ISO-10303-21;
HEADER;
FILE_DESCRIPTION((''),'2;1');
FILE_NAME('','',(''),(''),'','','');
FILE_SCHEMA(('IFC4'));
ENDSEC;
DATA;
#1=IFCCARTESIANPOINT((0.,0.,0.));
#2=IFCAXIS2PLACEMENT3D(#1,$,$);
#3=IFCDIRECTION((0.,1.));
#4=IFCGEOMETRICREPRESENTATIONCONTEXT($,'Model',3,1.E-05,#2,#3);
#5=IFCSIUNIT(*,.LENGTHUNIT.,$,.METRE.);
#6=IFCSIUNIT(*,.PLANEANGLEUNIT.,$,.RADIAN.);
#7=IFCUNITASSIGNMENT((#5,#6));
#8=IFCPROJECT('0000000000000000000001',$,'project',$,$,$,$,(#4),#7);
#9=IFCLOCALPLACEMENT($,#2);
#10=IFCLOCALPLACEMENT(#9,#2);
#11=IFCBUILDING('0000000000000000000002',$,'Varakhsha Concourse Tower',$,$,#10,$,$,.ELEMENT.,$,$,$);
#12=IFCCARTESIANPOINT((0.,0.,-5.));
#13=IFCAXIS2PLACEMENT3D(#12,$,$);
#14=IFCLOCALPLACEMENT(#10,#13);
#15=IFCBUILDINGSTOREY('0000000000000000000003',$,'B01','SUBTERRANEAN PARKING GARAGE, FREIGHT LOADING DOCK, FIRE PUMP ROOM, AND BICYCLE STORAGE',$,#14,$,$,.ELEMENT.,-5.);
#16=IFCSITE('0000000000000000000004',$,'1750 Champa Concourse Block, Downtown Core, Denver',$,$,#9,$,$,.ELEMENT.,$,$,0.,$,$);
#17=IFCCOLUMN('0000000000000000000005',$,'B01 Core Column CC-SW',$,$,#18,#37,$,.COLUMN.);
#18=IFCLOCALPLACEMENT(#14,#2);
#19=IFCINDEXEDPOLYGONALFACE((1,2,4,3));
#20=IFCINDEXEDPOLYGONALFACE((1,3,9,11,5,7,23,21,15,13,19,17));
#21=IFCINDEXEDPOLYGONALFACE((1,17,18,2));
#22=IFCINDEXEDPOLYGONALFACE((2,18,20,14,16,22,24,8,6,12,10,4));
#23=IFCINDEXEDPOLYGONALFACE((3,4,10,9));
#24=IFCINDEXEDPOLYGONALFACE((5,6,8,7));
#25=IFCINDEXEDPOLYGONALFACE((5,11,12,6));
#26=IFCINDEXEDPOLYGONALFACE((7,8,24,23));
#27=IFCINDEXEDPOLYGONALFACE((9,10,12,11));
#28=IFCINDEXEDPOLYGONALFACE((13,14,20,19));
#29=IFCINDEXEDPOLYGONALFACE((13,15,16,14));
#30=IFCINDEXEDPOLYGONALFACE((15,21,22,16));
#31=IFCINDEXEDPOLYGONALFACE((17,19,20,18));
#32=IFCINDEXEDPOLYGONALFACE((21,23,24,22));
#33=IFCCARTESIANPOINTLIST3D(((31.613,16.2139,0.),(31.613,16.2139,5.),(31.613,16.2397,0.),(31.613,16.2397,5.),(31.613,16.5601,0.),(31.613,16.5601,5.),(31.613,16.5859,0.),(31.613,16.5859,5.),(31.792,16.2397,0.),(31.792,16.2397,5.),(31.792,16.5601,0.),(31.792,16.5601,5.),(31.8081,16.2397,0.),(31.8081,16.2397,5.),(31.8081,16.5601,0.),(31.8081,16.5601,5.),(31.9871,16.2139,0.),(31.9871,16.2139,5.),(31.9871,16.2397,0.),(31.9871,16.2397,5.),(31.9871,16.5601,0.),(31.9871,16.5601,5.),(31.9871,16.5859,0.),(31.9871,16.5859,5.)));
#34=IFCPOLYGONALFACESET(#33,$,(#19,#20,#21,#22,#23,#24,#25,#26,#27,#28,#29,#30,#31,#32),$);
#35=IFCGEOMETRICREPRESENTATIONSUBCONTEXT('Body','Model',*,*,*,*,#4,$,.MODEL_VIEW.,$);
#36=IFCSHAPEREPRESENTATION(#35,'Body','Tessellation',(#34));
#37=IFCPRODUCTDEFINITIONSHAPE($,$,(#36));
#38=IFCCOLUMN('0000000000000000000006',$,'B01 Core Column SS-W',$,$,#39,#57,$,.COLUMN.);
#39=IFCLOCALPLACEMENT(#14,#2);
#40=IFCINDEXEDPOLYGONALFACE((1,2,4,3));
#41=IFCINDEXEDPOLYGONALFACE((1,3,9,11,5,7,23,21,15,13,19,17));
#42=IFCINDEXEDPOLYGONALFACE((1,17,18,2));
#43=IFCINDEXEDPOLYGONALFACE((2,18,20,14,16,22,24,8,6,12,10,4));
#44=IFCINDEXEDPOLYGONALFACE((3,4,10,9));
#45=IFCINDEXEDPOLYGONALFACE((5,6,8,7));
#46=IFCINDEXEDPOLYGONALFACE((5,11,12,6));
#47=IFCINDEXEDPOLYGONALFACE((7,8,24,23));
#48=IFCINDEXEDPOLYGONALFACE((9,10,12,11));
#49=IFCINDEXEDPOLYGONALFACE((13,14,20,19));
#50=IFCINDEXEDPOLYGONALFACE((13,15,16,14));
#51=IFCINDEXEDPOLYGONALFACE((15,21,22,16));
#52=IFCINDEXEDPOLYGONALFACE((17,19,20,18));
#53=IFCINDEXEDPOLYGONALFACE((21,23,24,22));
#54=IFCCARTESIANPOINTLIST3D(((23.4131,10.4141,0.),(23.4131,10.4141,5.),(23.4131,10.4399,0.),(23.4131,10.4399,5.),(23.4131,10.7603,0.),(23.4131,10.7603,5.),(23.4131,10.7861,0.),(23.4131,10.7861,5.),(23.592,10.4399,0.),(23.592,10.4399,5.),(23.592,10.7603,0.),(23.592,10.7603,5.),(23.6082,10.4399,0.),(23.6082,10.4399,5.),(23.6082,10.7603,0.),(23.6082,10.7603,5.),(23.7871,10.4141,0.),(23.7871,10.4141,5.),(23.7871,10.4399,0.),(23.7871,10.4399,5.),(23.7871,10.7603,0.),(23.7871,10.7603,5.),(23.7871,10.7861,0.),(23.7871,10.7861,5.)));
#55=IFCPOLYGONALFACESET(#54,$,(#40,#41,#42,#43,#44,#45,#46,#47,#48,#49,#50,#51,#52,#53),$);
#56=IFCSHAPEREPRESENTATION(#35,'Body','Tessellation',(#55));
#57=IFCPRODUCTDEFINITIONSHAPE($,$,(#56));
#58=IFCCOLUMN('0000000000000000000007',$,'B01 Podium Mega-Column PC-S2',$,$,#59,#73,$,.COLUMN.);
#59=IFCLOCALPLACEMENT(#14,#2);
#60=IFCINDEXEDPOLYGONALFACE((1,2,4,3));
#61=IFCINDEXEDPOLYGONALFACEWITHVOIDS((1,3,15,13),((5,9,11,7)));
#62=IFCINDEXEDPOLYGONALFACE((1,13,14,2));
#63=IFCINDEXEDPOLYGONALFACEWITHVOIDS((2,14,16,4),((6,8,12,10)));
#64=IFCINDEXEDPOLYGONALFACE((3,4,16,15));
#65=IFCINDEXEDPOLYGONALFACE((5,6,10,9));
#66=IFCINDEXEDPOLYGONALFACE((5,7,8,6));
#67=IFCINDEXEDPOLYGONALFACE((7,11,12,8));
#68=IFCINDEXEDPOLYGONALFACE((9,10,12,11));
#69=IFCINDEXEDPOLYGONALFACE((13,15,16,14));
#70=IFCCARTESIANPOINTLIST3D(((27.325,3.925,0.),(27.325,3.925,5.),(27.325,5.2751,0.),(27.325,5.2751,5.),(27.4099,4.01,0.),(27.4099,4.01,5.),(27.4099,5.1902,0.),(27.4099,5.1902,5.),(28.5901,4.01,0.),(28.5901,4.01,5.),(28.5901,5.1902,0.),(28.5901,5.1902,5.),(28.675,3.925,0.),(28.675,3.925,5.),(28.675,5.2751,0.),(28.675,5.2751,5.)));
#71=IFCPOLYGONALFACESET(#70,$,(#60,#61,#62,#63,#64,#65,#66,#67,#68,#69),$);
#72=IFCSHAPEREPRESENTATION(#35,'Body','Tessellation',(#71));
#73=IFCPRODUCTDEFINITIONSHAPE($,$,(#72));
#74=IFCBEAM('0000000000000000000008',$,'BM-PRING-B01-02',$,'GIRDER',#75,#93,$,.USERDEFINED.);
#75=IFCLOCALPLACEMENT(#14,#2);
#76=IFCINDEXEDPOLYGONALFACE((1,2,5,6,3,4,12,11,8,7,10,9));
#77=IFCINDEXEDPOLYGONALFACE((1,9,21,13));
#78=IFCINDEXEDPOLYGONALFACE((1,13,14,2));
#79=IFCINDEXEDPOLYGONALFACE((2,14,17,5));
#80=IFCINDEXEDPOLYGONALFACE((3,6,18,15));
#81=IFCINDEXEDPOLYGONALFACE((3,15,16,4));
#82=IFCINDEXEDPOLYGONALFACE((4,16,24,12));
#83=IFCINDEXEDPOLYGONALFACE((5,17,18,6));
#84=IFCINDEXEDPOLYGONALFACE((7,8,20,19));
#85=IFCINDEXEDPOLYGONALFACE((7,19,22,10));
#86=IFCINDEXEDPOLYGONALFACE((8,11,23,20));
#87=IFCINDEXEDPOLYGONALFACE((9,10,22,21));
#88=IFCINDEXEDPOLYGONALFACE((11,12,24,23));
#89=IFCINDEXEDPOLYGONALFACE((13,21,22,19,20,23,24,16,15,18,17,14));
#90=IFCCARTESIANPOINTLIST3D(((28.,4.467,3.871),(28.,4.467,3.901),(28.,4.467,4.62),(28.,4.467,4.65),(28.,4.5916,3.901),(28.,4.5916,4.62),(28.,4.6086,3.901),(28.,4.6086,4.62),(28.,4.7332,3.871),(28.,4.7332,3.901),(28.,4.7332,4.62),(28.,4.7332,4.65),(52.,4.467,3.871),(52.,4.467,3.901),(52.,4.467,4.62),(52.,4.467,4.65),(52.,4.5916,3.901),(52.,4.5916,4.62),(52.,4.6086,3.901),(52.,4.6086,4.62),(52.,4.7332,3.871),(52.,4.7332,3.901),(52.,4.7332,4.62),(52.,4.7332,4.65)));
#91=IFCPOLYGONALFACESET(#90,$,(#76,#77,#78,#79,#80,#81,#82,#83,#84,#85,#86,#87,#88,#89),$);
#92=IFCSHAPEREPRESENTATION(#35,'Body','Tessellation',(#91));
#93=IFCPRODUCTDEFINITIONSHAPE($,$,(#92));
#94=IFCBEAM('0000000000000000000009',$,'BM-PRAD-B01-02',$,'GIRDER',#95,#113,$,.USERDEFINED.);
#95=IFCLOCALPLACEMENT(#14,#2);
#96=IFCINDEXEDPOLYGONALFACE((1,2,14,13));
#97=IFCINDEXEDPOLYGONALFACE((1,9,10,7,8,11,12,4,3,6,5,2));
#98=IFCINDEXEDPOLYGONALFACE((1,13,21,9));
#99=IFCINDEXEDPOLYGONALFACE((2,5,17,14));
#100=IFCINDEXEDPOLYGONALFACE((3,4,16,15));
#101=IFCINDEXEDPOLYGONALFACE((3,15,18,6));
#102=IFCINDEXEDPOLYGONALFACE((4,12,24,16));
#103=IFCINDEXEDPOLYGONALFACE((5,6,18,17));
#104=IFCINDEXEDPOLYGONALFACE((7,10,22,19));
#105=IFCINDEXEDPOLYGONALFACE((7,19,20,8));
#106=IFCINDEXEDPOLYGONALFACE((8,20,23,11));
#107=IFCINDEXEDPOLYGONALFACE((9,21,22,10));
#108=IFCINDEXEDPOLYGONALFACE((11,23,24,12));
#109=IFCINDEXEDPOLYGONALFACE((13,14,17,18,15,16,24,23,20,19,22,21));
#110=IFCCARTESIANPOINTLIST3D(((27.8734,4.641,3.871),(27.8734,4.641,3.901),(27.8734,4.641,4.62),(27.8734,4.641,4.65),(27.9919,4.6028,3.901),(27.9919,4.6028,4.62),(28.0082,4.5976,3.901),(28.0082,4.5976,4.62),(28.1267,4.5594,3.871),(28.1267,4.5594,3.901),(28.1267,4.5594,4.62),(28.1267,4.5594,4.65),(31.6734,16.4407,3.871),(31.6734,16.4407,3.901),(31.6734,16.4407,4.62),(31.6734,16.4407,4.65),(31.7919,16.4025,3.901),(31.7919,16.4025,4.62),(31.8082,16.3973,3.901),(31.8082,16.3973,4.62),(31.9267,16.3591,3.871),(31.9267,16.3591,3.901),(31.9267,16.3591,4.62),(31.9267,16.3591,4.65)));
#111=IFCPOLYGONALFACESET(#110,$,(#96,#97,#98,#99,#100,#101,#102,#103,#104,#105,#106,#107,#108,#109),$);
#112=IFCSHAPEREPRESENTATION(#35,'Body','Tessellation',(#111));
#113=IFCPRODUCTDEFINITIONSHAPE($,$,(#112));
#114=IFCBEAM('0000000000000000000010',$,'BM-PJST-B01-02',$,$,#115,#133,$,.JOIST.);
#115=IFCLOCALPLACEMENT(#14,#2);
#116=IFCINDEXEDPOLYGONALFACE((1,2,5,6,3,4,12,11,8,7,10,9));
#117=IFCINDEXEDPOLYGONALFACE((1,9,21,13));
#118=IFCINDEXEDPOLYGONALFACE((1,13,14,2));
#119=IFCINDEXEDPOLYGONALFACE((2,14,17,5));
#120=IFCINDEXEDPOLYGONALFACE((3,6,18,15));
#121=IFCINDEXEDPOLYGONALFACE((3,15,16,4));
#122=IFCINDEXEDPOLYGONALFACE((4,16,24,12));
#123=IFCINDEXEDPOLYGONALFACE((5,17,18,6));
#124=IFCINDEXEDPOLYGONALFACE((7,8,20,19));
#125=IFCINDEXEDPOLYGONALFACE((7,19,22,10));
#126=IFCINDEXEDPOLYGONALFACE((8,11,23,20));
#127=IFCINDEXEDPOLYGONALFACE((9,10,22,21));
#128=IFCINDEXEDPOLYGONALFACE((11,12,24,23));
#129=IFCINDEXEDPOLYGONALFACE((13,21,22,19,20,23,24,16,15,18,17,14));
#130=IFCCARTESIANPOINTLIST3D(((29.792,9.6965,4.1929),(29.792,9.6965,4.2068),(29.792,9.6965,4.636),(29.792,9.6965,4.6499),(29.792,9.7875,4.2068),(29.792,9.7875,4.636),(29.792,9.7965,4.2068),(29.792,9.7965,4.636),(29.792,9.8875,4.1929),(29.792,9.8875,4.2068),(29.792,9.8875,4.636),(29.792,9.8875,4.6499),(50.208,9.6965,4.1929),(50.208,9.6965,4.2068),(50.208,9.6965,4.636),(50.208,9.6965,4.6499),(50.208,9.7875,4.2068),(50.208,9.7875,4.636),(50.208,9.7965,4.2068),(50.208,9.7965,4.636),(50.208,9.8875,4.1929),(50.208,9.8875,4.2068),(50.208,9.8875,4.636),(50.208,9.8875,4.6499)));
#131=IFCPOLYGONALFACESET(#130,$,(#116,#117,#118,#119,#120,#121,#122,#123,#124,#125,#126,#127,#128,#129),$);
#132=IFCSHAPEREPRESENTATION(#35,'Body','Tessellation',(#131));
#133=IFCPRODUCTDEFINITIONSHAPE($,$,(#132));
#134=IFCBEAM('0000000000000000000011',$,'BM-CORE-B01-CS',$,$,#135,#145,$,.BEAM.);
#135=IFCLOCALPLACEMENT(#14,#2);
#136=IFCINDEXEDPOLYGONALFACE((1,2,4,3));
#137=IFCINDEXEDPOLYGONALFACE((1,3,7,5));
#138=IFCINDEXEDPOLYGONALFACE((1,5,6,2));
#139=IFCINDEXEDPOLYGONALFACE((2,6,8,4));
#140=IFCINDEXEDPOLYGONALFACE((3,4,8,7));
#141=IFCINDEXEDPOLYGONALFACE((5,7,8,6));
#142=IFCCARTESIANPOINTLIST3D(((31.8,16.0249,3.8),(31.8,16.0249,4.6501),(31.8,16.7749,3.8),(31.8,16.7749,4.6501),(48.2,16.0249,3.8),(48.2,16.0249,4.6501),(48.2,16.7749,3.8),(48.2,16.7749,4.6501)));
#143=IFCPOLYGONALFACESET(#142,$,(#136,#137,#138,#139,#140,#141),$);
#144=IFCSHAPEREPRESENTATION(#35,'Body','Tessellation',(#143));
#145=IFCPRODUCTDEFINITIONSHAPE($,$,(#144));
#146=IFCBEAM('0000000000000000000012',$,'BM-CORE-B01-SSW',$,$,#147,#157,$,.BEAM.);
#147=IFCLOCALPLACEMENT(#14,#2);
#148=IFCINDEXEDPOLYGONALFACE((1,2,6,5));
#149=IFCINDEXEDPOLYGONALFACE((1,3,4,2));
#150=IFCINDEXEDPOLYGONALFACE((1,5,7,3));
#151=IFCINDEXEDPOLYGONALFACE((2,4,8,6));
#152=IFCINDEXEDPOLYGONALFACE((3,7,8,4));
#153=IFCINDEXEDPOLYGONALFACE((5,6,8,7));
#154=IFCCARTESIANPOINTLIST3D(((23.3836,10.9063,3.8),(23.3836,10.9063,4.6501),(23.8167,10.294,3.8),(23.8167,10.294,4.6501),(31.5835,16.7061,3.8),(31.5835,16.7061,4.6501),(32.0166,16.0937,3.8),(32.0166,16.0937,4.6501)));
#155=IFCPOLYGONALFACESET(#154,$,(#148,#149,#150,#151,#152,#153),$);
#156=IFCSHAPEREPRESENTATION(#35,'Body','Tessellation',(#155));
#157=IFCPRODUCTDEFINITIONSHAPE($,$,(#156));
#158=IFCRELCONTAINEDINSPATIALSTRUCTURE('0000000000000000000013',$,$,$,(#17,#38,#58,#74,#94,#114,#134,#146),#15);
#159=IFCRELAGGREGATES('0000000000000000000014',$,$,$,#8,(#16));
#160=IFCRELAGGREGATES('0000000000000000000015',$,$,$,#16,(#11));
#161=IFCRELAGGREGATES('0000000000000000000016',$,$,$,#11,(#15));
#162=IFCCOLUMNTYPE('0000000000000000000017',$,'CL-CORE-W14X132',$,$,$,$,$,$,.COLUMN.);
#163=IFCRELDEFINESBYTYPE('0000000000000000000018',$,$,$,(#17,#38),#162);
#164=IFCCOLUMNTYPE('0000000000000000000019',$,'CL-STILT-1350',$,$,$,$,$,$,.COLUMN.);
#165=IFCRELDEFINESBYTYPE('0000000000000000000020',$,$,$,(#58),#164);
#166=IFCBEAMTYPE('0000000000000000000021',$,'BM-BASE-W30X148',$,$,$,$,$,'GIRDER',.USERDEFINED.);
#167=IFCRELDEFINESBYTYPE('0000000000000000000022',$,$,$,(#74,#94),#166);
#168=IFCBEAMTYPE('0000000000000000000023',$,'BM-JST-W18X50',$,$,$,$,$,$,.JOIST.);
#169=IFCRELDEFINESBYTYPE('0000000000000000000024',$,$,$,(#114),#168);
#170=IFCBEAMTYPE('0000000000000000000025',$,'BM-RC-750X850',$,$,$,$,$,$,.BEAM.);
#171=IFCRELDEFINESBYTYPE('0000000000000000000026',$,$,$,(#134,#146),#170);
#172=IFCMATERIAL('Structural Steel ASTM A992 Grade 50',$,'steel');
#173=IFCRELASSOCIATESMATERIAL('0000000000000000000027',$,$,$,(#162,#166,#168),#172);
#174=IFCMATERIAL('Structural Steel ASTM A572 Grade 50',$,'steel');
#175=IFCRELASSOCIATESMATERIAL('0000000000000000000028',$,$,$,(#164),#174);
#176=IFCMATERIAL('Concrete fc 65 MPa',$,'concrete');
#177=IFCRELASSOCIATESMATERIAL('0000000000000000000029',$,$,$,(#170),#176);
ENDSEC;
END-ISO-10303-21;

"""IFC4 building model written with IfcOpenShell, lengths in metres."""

from ifc_helpers import new_model, si_unit, direction, frame, origin, origin_2d, place, context, subcontext, project, spatial, rectangle, hollow_rectangle, i_section, extrude, material, material_profile, profile_set, type_object, element, save


model = new_model("IFC4")

# Units and contexts
model_context = context("Model", 3, precision=1e-05, world=origin(), true_north=direction((0.0, 1.0)))
body_context = subcontext(model_context, "Body", "Model", "MODEL_VIEW")
ifc_project = project(units=[si_unit("LENGTHUNIT", "METRE"), si_unit("PLANEANGLEUNIT", "RADIAN")], contexts=[model_context])

# Site, building, storey
site_placement = place(None, origin())
site = spatial("IfcSite", under=ifc_project, at=site_placement, Name="1750 Champa Concourse Block, Downtown Core, Denver", CompositionType="ELEMENT", RefElevation=0.0)
building_placement = place(site_placement, origin())
building = spatial("IfcBuilding", under=site, at=building_placement, Name="Varakhsha Concourse Tower", CompositionType="ELEMENT")
storey_placement = place(building_placement, frame((0.0, 0.0, -5.0)))
storey = spatial("IfcBuildingStorey", under=building, at=storey_placement, Name="B01", Description="SUBTERRANEAN PARKING GARAGE, FREIGHT LOADING DOCK, FIRE PUMP ROOM, AND BICYCLE STORAGE", CompositionType="ELEMENT", Elevation=-5.0)

# Columns
ifc_material_1 = material(Name="Structural Steel ASTM A992 Grade 50", Category="steel")
ifc_material_profile_1 = material_profile(ifc_material_1, i_section(OverallWidth=0.374, OverallDepth=0.3721, WebThickness=0.0161, FlangeThickness=0.0259, at=origin_2d()), Name="W14X132")
ifc_profile_set_1 = profile_set([ifc_material_profile_1], Name="Structural Steel ASTM A992 Grade 50")
column_type_1 = type_object("IfcColumnType", Name="CL-CORE-W14X132", PredefinedType="COLUMN", material=ifc_profile_set_1)
for number, where, z_axis, x_axis, name in (
    (1, (31.8, 16.3999, 0.0), (0.0, 0.0, 1.0), (1.0, 0.0, 0.0), "B01 Core Column CC-SW"),
    (2, (23.6001, 10.6001, 0.0), (0.0, 0.0, 1.0), (1.0, 0.0, 0.0), "B01 Core Column SS-W"),
):
    element("IfcColumn", number, at=place(storey_placement, frame(where, z_axis=z_axis, x_axis=x_axis)), inside=storey, type_object=column_type_1, Name=name, PredefinedType="COLUMN", context=body_context, shape_type="SweptSolid", body=[
        extrude(i_section(OverallWidth=0.374, OverallDepth=0.3721, WebThickness=0.0161, FlangeThickness=0.0259, at=origin_2d()), origin(), (0.0, 0.0, 1.0), 5.0),
    ])
ifc_material_2 = material(Name="Structural Steel ASTM A572 Grade 50", Category="steel")
ifc_material_profile_2 = material_profile(ifc_material_2, hollow_rectangle(XDim=1.3501, YDim=1.3501, WallThickness=0.085, at=origin_2d()), Name="BOX 1350x1350x85")
ifc_profile_set_2 = profile_set([ifc_material_profile_2], Name="Structural Steel ASTM A572 Grade 50")
column_type_2 = type_object("IfcColumnType", Name="CL-STILT-1350", PredefinedType="COLUMN", material=ifc_profile_set_2)
column_placement = place(storey_placement, frame((28.0, 4.6001, 0.0), z_axis=(0.0, 0.0, 1.0), x_axis=(1.0, 0.0, 0.0)))
element("IfcColumn", 3, at=column_placement, inside=storey, type_object=column_type_2, Name="B01 Podium Mega-Column PC-S2", PredefinedType="COLUMN", context=body_context, shape_type="SweptSolid", body=[
    extrude(hollow_rectangle(XDim=1.3501, YDim=1.3501, WallThickness=0.085, at=origin_2d()), origin(), (0.0, 0.0, 1.0), 5.0),
])

# Beams
ifc_material_profile_3 = material_profile(ifc_material_1, i_section(OverallWidth=0.2661, OverallDepth=0.7791, WebThickness=0.0171, FlangeThickness=0.03, at=origin_2d()), Name="W30X148")
ifc_profile_set_3 = profile_set([ifc_material_profile_3], Name="Structural Steel ASTM A992 Grade 50")
beam_type_1 = type_object("IfcBeamType", Name="BM-BASE-W30X148", ElementType="GIRDER", PredefinedType="USERDEFINED", material=ifc_profile_set_3)
beam_1_placement = place(storey_placement, frame((28.0, 4.6001, 4.2605), z_axis=(1.0, 0.0, 0.0), x_axis=(0.0, 1.0, 0.0)))
element("IfcBeam", 4, at=beam_1_placement, inside=storey, type_object=beam_type_1, Name="BM-PRING-B01-02", ObjectType="GIRDER", PredefinedType="USERDEFINED", context=body_context, shape_type="SweptSolid", body=[
    extrude(i_section(OverallWidth=0.2661, OverallDepth=0.7791, WebThickness=0.0171, FlangeThickness=0.03, at=origin_2d()), origin(), (0.0, 0.0, 1.0), 24.0),
])
beam_2_placement = place(storey_placement, frame((31.8, 16.3999, 4.2605), z_axis=(-0.30654, -0.951858, 0.0), x_axis=(0.951858, -0.30654, 0.0)))
element("IfcBeam", 5, at=beam_2_placement, inside=storey, type_object=beam_type_1, Name="BM-PRAD-B01-02", ObjectType="GIRDER", PredefinedType="USERDEFINED", context=body_context, shape_type="SweptSolid", body=[
    extrude(i_section(OverallWidth=0.2661, OverallDepth=0.7791, WebThickness=0.0171, FlangeThickness=0.03, at=origin_2d()), origin(), (0.0, 0.0, 1.0), 12.3965),
])
ifc_material_profile_4 = material_profile(ifc_material_1, i_section(OverallWidth=0.1909, OverallDepth=0.457, WebThickness=0.009, FlangeThickness=0.0139, at=origin_2d()), Name="W18X50")
ifc_profile_set_4 = profile_set([ifc_material_profile_4], Name="Structural Steel ASTM A992 Grade 50")
beam_type_2 = type_object("IfcBeamType", Name="BM-JST-W18X50", PredefinedType="JOIST", material=ifc_profile_set_4)
beam_3_placement = place(storey_placement, frame((29.792, 9.792, 4.4214), z_axis=(1.0, 0.0, 0.0), x_axis=(0.0, 1.0, 0.0)))
element("IfcBeam", 6, at=beam_3_placement, inside=storey, type_object=beam_type_2, Name="BM-PJST-B01-02", PredefinedType="JOIST", context=body_context, shape_type="SweptSolid", body=[
    extrude(i_section(OverallWidth=0.1909, OverallDepth=0.457, WebThickness=0.009, FlangeThickness=0.0139, at=origin_2d()), origin(), (0.0, 0.0, 1.0), 20.416),
])
ifc_material_3 = material(Name="Concrete fc 65 MPa", Category="concrete")
ifc_material_profile_5 = material_profile(ifc_material_3, rectangle(XDim=0.75, YDim=0.8501, at=origin_2d()), Name="RC 750x850")
ifc_profile_set_5 = profile_set([ifc_material_profile_5], Name="Concrete fc 65 MPa")
beam_type_3 = type_object("IfcBeamType", Name="BM-RC-750X850", PredefinedType="BEAM", material=ifc_profile_set_5)
beam_4_placement = place(storey_placement, frame((31.8, 16.3999, 4.2251), z_axis=(1.0, 0.0, 0.0), x_axis=(0.0, 1.0, 0.0)))
element("IfcBeam", 7, at=beam_4_placement, inside=storey, type_object=beam_type_3, Name="BM-CORE-B01-CS", PredefinedType="BEAM", context=body_context, shape_type="SweptSolid", body=[
    extrude(rectangle(XDim=0.75, YDim=0.8501, at=origin_2d()), origin(), (0.0, 0.0, 1.0), 16.3999),
])
beam_5_placement = place(storey_placement, frame((31.8, 16.3999, 4.2251), z_axis=(-0.816423, -0.577454, 0.0), x_axis=(0.577454, -0.816423, 0.0)))
element("IfcBeam", 8, at=beam_5_placement, inside=storey, type_object=beam_type_3, Name="BM-CORE-B01-SSW", PredefinedType="BEAM", context=body_context, shape_type="SweptSolid", body=[
    extrude(rectangle(XDim=0.75, YDim=0.8501, at=origin_2d()), origin(), (0.0, 0.0, 1.0), 10.0437),
])

save(model, "model.ifc")
